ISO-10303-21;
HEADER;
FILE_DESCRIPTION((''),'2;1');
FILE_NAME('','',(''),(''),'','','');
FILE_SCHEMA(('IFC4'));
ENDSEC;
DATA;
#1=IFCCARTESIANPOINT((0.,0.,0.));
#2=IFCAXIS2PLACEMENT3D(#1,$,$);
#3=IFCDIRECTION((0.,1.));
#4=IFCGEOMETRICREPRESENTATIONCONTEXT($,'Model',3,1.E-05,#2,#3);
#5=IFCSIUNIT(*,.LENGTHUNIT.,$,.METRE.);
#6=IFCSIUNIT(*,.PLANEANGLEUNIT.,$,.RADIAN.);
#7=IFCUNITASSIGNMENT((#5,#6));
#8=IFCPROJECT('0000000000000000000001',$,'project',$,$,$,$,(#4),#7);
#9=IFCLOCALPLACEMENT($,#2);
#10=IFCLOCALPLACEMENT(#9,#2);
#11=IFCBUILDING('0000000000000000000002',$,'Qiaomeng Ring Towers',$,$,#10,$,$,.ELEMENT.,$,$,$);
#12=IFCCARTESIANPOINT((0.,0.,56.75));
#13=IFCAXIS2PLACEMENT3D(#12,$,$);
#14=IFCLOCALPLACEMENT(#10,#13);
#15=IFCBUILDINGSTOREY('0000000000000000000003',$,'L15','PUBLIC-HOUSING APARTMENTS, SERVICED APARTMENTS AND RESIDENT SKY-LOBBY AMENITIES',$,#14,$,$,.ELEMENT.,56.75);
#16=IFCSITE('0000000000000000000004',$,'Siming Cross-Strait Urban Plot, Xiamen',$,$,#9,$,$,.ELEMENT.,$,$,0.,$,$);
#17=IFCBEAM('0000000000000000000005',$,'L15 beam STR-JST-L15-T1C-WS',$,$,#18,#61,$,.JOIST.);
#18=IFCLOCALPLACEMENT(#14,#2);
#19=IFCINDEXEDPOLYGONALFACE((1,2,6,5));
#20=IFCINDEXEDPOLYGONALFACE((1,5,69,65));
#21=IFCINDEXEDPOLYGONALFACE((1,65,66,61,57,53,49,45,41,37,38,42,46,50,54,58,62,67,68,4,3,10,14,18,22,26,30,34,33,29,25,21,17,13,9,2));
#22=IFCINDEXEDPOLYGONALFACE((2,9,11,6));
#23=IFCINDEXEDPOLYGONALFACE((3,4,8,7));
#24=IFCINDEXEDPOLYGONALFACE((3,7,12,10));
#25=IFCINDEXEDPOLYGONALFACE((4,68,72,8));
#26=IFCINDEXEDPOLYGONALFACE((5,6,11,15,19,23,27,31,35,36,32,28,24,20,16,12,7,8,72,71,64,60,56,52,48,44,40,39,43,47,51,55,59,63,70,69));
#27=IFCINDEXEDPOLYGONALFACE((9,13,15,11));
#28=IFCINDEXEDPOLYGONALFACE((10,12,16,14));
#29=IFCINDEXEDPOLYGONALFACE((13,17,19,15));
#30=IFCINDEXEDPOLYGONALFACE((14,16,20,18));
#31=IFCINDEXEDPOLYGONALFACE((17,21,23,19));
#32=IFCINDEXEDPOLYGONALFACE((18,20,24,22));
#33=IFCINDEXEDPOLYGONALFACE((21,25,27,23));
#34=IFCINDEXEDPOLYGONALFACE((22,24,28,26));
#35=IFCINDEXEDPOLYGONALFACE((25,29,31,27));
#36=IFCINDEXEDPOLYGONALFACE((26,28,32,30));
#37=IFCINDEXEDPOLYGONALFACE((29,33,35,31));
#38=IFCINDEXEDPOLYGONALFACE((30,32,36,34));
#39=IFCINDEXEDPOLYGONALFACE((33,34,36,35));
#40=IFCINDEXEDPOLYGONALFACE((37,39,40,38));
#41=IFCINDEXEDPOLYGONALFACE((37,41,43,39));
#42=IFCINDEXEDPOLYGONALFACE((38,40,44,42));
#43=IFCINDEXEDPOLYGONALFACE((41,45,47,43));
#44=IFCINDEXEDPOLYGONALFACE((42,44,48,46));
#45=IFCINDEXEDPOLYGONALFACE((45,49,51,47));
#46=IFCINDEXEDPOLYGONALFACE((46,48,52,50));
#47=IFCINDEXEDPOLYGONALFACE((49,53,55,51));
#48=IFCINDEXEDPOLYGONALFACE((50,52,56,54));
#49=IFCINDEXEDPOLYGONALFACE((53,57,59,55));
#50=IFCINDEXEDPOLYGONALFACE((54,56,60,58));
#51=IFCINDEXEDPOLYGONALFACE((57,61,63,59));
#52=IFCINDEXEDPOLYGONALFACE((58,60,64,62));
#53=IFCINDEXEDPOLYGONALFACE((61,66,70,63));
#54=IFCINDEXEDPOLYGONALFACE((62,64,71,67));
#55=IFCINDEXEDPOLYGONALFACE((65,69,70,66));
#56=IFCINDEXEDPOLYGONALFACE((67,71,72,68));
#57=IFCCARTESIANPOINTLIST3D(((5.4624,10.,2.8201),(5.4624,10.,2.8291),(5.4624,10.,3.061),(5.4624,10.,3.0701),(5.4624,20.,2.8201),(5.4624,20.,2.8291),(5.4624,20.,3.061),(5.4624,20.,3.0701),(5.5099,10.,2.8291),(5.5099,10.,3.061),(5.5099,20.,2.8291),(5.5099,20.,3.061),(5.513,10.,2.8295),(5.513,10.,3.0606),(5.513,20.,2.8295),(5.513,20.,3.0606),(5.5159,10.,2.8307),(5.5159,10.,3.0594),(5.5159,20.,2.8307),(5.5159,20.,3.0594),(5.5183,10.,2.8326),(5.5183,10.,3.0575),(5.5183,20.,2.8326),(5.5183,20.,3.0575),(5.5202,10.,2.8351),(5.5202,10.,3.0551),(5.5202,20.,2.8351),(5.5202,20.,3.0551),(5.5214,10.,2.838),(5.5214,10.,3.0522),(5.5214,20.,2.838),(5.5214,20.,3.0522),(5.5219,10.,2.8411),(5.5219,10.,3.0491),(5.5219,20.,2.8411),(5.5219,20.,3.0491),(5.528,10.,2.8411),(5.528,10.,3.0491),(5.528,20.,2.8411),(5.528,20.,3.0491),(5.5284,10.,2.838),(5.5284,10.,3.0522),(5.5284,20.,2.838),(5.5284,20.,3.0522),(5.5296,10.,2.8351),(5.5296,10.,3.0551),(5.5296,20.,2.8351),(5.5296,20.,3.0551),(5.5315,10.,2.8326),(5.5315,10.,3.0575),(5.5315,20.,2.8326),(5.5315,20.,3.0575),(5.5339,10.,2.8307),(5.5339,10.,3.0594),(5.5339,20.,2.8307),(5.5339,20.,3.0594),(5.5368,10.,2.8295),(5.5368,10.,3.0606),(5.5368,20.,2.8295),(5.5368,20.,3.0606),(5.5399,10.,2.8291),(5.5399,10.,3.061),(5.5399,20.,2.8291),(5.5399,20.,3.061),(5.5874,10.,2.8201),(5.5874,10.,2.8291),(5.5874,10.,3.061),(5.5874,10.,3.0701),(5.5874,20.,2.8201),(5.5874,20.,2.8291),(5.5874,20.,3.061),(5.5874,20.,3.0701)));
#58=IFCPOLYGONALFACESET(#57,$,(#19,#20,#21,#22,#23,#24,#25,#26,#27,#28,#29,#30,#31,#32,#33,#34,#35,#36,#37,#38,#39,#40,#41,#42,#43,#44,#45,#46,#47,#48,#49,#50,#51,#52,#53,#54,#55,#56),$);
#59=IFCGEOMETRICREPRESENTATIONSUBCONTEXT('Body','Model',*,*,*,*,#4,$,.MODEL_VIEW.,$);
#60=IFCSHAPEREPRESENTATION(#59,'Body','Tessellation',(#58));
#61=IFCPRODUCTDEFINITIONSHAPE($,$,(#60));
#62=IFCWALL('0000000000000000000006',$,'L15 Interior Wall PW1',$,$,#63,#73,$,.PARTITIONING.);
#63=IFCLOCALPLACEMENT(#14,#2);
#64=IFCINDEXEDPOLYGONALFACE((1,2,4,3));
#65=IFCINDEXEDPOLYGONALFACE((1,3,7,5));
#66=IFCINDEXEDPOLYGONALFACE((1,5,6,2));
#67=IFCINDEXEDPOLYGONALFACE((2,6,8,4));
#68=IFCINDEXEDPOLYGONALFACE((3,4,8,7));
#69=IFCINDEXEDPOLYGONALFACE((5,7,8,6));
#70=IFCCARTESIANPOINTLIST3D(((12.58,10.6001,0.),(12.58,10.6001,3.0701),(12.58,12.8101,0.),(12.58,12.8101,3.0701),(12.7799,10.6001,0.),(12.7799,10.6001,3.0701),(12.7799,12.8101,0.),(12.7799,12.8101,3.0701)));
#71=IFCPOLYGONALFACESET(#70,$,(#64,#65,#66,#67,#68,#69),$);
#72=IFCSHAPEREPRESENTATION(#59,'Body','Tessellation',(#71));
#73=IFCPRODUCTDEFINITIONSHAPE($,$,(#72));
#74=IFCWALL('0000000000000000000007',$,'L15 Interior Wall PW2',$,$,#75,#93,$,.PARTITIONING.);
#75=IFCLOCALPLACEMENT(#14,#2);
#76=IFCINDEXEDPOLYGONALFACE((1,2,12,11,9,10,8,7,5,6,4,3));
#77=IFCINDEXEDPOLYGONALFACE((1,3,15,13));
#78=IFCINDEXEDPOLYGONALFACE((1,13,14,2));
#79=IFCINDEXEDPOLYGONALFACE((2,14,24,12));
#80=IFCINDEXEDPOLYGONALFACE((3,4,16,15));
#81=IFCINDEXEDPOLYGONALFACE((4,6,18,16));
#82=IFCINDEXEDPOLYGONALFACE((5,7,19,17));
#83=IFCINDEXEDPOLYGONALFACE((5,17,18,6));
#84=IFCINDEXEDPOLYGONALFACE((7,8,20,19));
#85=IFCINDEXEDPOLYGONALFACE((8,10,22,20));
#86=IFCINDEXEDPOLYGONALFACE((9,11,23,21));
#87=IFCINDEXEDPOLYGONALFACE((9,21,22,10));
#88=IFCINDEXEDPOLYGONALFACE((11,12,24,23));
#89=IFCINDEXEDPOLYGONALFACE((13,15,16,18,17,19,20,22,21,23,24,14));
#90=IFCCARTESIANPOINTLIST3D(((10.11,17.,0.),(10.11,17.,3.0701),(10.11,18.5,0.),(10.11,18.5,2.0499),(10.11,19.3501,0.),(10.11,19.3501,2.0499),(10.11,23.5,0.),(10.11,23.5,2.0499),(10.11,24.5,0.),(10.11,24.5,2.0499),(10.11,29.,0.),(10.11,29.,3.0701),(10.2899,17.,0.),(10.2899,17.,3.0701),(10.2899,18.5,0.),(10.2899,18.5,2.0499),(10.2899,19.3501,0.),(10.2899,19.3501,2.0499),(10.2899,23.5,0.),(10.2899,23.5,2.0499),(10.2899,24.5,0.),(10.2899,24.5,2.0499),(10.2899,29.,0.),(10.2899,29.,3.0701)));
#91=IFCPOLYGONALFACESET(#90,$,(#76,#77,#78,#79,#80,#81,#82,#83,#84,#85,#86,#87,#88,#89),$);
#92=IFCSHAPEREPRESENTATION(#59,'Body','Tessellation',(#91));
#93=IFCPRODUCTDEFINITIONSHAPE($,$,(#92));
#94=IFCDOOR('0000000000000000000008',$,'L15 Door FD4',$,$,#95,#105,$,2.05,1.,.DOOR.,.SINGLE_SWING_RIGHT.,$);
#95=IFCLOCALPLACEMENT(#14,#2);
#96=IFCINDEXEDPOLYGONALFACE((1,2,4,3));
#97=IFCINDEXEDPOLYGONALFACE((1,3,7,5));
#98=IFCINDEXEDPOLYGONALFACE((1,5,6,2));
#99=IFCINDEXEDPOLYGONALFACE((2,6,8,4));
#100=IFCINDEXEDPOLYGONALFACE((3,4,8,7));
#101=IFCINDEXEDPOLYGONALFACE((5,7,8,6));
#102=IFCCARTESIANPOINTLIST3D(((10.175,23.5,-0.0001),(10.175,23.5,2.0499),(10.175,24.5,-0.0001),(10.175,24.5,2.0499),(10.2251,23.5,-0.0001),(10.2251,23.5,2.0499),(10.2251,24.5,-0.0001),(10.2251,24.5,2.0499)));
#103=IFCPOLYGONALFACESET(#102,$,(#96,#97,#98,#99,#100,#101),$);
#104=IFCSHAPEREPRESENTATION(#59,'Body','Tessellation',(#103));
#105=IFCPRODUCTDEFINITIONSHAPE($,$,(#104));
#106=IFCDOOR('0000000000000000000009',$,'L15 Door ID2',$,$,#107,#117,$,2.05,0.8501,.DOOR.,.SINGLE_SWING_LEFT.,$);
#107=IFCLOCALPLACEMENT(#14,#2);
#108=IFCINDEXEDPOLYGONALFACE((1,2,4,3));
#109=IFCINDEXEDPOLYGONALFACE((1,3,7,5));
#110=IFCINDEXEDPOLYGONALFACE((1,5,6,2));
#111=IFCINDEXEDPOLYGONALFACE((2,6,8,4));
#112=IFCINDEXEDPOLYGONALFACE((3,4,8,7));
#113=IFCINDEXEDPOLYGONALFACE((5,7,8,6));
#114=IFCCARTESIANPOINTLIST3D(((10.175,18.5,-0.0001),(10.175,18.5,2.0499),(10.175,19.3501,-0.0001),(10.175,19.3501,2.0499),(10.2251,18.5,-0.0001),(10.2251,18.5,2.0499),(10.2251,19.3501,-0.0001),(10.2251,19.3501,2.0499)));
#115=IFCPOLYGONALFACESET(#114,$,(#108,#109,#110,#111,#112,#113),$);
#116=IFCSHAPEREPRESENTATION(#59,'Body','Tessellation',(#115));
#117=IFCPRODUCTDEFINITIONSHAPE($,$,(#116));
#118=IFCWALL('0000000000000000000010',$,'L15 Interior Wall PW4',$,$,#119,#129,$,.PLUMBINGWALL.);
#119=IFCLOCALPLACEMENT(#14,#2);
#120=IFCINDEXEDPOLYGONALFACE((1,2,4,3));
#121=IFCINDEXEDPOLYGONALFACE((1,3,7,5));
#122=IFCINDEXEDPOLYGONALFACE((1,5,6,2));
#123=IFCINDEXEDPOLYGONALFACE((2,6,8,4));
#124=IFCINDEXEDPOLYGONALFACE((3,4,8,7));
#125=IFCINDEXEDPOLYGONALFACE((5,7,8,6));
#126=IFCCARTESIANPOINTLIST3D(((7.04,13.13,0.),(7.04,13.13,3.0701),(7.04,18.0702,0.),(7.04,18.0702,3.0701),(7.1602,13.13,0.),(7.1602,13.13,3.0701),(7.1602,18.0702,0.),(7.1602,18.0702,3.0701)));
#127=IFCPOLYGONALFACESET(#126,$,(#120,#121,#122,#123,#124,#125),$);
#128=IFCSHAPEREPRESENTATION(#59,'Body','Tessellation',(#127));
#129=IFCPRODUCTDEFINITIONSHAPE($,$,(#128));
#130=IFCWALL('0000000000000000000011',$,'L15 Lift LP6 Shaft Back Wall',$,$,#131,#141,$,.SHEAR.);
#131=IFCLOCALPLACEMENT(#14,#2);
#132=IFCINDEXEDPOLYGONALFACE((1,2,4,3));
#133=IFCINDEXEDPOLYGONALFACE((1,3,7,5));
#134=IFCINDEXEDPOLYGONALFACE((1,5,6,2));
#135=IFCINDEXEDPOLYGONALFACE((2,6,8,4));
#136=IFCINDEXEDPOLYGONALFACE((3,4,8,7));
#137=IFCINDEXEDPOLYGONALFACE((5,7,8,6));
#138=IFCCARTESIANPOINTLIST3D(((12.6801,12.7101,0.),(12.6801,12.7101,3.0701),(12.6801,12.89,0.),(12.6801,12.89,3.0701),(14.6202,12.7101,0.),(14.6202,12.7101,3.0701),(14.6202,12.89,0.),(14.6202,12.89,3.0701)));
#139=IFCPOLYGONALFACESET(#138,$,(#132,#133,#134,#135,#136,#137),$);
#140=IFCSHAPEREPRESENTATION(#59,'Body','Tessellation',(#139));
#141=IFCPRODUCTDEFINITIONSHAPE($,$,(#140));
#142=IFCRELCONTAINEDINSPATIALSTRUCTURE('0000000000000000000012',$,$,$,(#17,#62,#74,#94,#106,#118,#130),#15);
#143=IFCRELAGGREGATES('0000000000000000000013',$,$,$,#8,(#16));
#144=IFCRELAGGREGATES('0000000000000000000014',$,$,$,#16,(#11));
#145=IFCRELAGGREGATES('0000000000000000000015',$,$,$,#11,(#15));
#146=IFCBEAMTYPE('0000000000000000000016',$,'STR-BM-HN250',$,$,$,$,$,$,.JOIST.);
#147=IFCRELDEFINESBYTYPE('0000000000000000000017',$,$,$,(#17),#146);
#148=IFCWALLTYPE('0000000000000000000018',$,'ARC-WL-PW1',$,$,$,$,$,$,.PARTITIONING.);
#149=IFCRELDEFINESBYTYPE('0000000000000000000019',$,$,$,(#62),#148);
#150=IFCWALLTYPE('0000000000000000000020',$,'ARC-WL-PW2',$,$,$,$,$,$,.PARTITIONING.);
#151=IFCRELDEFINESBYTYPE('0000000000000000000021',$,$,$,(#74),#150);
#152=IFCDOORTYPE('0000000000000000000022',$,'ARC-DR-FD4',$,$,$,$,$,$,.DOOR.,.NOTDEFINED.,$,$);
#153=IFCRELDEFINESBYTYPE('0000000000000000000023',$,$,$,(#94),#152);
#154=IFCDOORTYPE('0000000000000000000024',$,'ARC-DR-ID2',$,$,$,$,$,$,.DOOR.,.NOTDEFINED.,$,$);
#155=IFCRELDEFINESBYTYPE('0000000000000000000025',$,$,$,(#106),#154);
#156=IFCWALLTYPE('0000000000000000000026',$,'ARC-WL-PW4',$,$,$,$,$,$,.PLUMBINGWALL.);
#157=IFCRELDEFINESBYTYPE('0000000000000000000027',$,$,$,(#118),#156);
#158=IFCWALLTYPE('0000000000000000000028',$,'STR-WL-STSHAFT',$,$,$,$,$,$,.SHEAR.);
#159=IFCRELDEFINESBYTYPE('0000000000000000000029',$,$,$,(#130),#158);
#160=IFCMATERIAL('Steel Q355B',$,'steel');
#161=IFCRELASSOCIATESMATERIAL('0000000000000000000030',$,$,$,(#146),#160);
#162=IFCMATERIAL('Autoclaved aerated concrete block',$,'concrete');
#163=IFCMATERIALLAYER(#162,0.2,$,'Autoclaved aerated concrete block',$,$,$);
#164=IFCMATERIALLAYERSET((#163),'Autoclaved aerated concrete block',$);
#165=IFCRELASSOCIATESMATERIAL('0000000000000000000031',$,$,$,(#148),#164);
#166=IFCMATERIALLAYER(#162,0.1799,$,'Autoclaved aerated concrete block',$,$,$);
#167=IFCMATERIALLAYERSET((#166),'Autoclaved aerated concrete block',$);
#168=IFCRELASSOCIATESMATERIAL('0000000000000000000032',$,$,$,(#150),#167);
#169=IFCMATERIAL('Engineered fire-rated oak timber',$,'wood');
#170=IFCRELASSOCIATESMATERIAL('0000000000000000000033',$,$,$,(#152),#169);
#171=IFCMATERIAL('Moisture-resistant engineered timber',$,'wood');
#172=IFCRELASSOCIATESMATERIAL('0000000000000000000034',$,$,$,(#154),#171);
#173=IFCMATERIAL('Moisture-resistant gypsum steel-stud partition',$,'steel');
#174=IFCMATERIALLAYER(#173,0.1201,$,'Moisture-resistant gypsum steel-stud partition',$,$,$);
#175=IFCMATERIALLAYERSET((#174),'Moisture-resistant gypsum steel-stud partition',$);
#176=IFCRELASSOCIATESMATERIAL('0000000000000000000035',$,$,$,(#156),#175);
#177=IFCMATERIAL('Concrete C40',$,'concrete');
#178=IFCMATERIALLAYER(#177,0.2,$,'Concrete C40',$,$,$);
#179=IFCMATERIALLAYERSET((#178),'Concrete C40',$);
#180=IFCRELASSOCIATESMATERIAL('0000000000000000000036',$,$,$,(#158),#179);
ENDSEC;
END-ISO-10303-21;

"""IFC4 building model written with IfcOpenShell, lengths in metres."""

from ifc_helpers import new_model, si_unit, direction, frame, frame_2d, origin, origin_2d, place, context, subcontext, project, spatial, rectangle, i_section, extrude, source, transform, mapped, material, layer, layer_set, material_profile, profile_set, type_object, element, fill, save


model = new_model("IFC4")

# Units and contexts
model_context = context("Model", 3, precision=1e-05, world=origin(), true_north=direction((0.0, 1.0)))
body_context = subcontext(model_context, "Body", "Model", "MODEL_VIEW")
ifc_project = project(units=[si_unit("LENGTHUNIT", "METRE"), si_unit("PLANEANGLEUNIT", "RADIAN")], contexts=[model_context])

# Site, building, storey
site_placement = place(None, origin())
site = spatial("IfcSite", under=ifc_project, at=site_placement, Name="Siming Cross-Strait Urban Plot, Xiamen", CompositionType="ELEMENT", RefElevation=0.0)
building_placement = place(site_placement, origin())
building = spatial("IfcBuilding", under=site, at=building_placement, Name="Qiaomeng Ring Towers", CompositionType="ELEMENT")
storey_placement = place(building_placement, frame((0.0, 0.0, 56.75)))
storey = spatial("IfcBuildingStorey", under=building, at=storey_placement, Name="L15", Description="PUBLIC-HOUSING APARTMENTS, SERVICED APARTMENTS AND RESIDENT SKY-LOBBY AMENITIES", CompositionType="ELEMENT", Elevation=56.75)

# Beam
ifc_material_1 = material(Name="Steel Q355B", Category="steel")
ifc_material_profile = material_profile(ifc_material_1, i_section(OverallWidth=0.125, OverallDepth=0.25, WebThickness=0.0061, FlangeThickness=0.009, FilletRadius=0.012, at=origin_2d()), Name="HN 250x125x6x9")
ifc_profile_set = profile_set([ifc_material_profile], Name="Steel Q355B")
beam_type = type_object("IfcBeamType", Name="STR-BM-HN250", PredefinedType="JOIST", material=ifc_profile_set)
shared_shape_1 = source(origin(), body_context, "Body", "SweptSolid", [
    extrude(i_section(OverallWidth=0.125, OverallDepth=0.25, WebThickness=0.0061, FlangeThickness=0.009, FilletRadius=0.012, at=origin_2d()), origin(), (0.0, 0.0, 1.0), 10.0),
])
beam_placement = place(storey_placement, frame((5.5249, 10.0, 2.9451), z_axis=(0.0, 1.0, 0.0), x_axis=(-1.0, 0.0, 0.0)))
element("IfcBeam", 1, at=beam_placement, inside=storey, type_object=beam_type, Name="L15 beam STR-JST-L15-T1C-WS", PredefinedType="JOIST", context=body_context, shape_type="MappedRepresentation", body=[
    mapped(shared_shape_1, transform((0.0, 0.0, 0.0), x_axis=(1.0, 0.0, 0.0), y_axis=(0.0, 1.0, 0.0), z_axis=(0.0, 0.0, 1.0), scale=1.0)),
])

# Wall
ifc_material_2 = material(Name="Autoclaved aerated concrete block", Category="concrete")
ifc_layer_1 = layer(ifc_material_2, 0.2, Name="Autoclaved aerated concrete block")
ifc_layer_set_1 = layer_set([ifc_layer_1], Name="Autoclaved aerated concrete block")
wall_type_1 = type_object("IfcWallType", Name="ARC-WL-PW1", PredefinedType="PARTITIONING", material=ifc_layer_set_1)
wall_1_placement = place(storey_placement, frame((12.6799, 10.6001, 0.0), z_axis=(0.0, 0.0, 1.0), x_axis=(0.0, 1.0, 0.0)))
element("IfcWall", 2, at=wall_1_placement, inside=storey, type_object=wall_type_1, Name="L15 Interior Wall PW1", PredefinedType="PARTITIONING", context=body_context, shape_type="SweptSolid", body=[
    extrude(rectangle(XDim=2.21, YDim=0.2, at=frame_2d((1.105, 0.0))), origin(), (0.0, 0.0, 1.0), 3.0701),
])

# Wall, openings, doors
ifc_layer_2 = layer(ifc_material_2, 0.1799, Name="Autoclaved aerated concrete block")
ifc_layer_set_2 = layer_set([ifc_layer_2], Name="Autoclaved aerated concrete block")
wall_type_2 = type_object("IfcWallType", Name="ARC-WL-PW2", PredefinedType="PARTITIONING", material=ifc_layer_set_2)
wall_2_placement = place(storey_placement, frame((10.2, 17.0, 0.0), z_axis=(0.0, 0.0, 1.0), x_axis=(0.0, 1.0, 0.0)))
wall_2 = element("IfcWall", 3, at=wall_2_placement, inside=storey, type_object=wall_type_2, Name="L15 Interior Wall PW2", PredefinedType="PARTITIONING", context=body_context, shape_type="SweptSolid", body=[
    extrude(rectangle(XDim=12.0, YDim=0.1799, at=frame_2d((6.0, 0.0))), origin(), (0.0, 0.0, 1.0), 3.0701),
])
opening_1_placement = place(wall_2_placement, frame((1.5, 0.0, 0.0)))
opening_1 = element("IfcOpeningElement", 4, at=opening_1_placement, cuts=wall_2, PredefinedType="OPENING", context=body_context, shape_type="SweptSolid", body=[
    extrude(rectangle(XDim=0.8501, YDim=2.05, at=frame_2d((0.425, 1.0249))), frame((0.0, 0.0999, 0.0), z_axis=(0.0, -1.0, 0.0), x_axis=(1.0, 0.0, 0.0)), (0.0, 0.0, 1.0), 0.2),
])
opening_2_placement = place(wall_2_placement, frame((6.5, 0.0, 0.0)))
opening_2 = element("IfcOpeningElement", 5, at=opening_2_placement, cuts=wall_2, PredefinedType="OPENING", context=body_context, shape_type="SweptSolid", body=[
    extrude(rectangle(XDim=1.0, YDim=2.05, at=frame_2d((0.5, 1.0249))), frame((0.0, 0.0999, 0.0), z_axis=(0.0, -1.0, 0.0), x_axis=(1.0, 0.0, 0.0)), (0.0, 0.0, 1.0), 0.2),
])
ifc_material_3 = material(Name="Engineered fire-rated oak timber", Category="wood")
door_type_1 = type_object("IfcDoorType", Name="ARC-DR-FD4", OperationType="NOTDEFINED", PredefinedType="DOOR", material=ifc_material_3)
shared_shape_2 = source(origin(), body_context, "Body", "SweptSolid", [
    extrude(rectangle(XDim=1.0, YDim=2.05, at=frame_2d((0.5, 1.0249))), frame((0.0, 0.0249, 0.0), z_axis=(0.0, -1.0, 0.0), x_axis=(1.0, 0.0, 0.0)), (0.0, 0.0, 1.0), 0.05),
])
door_1_placement = place(opening_2_placement, origin())
door_1 = element("IfcDoor", 6, at=door_1_placement, inside=storey, type_object=door_type_1, Name="L15 Door FD4", OperationType="SINGLE_SWING_RIGHT", OverallHeight=2.05, OverallWidth=1.0, PredefinedType="DOOR", context=body_context, shape_type="MappedRepresentation", body=[
    mapped(shared_shape_2, transform((0.0, 0.0, 0.0), x_axis=(1.0, 0.0, 0.0), y_axis=(0.0, 1.0, 0.0), z_axis=(0.0, 0.0, 1.0), scale=1.0)),
])
fill(opening_2, door_1)
ifc_material_4 = material(Name="Moisture-resistant engineered timber", Category="wood")
door_type_2 = type_object("IfcDoorType", Name="ARC-DR-ID2", OperationType="NOTDEFINED", PredefinedType="DOOR", material=ifc_material_4)
shared_shape_3 = source(origin(), body_context, "Body", "SweptSolid", [
    extrude(rectangle(XDim=0.8501, YDim=2.05, at=frame_2d((0.425, 1.0249))), frame((0.0, 0.0249, 0.0), z_axis=(0.0, -1.0, 0.0), x_axis=(1.0, 0.0, 0.0)), (0.0, 0.0, 1.0), 0.05),
])
door_2_placement = place(opening_1_placement, origin())
door_2 = element("IfcDoor", 7, at=door_2_placement, inside=storey, type_object=door_type_2, Name="L15 Door ID2", OperationType="SINGLE_SWING_LEFT", OverallHeight=2.05, OverallWidth=0.8501, PredefinedType="DOOR", context=body_context, shape_type="MappedRepresentation", body=[
    mapped(shared_shape_3, transform((0.0, 0.0, 0.0), x_axis=(1.0, 0.0, 0.0), y_axis=(0.0, 1.0, 0.0), z_axis=(0.0, 0.0, 1.0), scale=1.0)),
])
fill(opening_1, door_2)

# Walls
ifc_material_5 = material(Name="Moisture-resistant gypsum steel-stud partition", Category="steel")
ifc_layer_3 = layer(ifc_material_5, 0.1201, Name="Moisture-resistant gypsum steel-stud partition")
ifc_layer_set_3 = layer_set([ifc_layer_3], Name="Moisture-resistant gypsum steel-stud partition")
wall_type_3 = type_object("IfcWallType", Name="ARC-WL-PW4", PredefinedType="PLUMBINGWALL", material=ifc_layer_set_3)
wall_3_placement = place(storey_placement, frame((7.1001, 13.1299, 0.0), z_axis=(0.0, 0.0, 1.0), x_axis=(0.0, 1.0, 0.0)))
element("IfcWall", 8, at=wall_3_placement, inside=storey, type_object=wall_type_3, Name="L15 Interior Wall PW4", PredefinedType="PLUMBINGWALL", context=body_context, shape_type="SweptSolid", body=[
    extrude(rectangle(XDim=4.9402, YDim=0.1201, at=frame_2d((2.4702, 0.0))), origin(), (0.0, 0.0, 1.0), 3.0701),
])
ifc_material_6 = material(Name="Concrete C40", Category="concrete")
ifc_layer_4 = layer(ifc_material_6, 0.2, Name="Concrete C40")
ifc_layer_set_4 = layer_set([ifc_layer_4], Name="Concrete C40")
wall_type_4 = type_object("IfcWallType", Name="STR-WL-STSHAFT", PredefinedType="SHEAR", material=ifc_layer_set_4)
wall_4_placement = place(storey_placement, frame((12.6799, 12.8, 0.0), z_axis=(0.0, 0.0, 1.0), x_axis=(1.0, 0.0, 0.0)))
element("IfcWall", 9, at=wall_4_placement, inside=storey, type_object=wall_type_4, Name="L15 Lift LP6 Shaft Back Wall", PredefinedType="SHEAR", context=body_context, shape_type="SweptSolid", body=[
    extrude(rectangle(XDim=1.9402, YDim=0.1799, at=frame_2d((0.9702, 0.0))), origin(), (0.0, 0.0, 1.0), 3.0701),
])

save(model, "model.ifc")
